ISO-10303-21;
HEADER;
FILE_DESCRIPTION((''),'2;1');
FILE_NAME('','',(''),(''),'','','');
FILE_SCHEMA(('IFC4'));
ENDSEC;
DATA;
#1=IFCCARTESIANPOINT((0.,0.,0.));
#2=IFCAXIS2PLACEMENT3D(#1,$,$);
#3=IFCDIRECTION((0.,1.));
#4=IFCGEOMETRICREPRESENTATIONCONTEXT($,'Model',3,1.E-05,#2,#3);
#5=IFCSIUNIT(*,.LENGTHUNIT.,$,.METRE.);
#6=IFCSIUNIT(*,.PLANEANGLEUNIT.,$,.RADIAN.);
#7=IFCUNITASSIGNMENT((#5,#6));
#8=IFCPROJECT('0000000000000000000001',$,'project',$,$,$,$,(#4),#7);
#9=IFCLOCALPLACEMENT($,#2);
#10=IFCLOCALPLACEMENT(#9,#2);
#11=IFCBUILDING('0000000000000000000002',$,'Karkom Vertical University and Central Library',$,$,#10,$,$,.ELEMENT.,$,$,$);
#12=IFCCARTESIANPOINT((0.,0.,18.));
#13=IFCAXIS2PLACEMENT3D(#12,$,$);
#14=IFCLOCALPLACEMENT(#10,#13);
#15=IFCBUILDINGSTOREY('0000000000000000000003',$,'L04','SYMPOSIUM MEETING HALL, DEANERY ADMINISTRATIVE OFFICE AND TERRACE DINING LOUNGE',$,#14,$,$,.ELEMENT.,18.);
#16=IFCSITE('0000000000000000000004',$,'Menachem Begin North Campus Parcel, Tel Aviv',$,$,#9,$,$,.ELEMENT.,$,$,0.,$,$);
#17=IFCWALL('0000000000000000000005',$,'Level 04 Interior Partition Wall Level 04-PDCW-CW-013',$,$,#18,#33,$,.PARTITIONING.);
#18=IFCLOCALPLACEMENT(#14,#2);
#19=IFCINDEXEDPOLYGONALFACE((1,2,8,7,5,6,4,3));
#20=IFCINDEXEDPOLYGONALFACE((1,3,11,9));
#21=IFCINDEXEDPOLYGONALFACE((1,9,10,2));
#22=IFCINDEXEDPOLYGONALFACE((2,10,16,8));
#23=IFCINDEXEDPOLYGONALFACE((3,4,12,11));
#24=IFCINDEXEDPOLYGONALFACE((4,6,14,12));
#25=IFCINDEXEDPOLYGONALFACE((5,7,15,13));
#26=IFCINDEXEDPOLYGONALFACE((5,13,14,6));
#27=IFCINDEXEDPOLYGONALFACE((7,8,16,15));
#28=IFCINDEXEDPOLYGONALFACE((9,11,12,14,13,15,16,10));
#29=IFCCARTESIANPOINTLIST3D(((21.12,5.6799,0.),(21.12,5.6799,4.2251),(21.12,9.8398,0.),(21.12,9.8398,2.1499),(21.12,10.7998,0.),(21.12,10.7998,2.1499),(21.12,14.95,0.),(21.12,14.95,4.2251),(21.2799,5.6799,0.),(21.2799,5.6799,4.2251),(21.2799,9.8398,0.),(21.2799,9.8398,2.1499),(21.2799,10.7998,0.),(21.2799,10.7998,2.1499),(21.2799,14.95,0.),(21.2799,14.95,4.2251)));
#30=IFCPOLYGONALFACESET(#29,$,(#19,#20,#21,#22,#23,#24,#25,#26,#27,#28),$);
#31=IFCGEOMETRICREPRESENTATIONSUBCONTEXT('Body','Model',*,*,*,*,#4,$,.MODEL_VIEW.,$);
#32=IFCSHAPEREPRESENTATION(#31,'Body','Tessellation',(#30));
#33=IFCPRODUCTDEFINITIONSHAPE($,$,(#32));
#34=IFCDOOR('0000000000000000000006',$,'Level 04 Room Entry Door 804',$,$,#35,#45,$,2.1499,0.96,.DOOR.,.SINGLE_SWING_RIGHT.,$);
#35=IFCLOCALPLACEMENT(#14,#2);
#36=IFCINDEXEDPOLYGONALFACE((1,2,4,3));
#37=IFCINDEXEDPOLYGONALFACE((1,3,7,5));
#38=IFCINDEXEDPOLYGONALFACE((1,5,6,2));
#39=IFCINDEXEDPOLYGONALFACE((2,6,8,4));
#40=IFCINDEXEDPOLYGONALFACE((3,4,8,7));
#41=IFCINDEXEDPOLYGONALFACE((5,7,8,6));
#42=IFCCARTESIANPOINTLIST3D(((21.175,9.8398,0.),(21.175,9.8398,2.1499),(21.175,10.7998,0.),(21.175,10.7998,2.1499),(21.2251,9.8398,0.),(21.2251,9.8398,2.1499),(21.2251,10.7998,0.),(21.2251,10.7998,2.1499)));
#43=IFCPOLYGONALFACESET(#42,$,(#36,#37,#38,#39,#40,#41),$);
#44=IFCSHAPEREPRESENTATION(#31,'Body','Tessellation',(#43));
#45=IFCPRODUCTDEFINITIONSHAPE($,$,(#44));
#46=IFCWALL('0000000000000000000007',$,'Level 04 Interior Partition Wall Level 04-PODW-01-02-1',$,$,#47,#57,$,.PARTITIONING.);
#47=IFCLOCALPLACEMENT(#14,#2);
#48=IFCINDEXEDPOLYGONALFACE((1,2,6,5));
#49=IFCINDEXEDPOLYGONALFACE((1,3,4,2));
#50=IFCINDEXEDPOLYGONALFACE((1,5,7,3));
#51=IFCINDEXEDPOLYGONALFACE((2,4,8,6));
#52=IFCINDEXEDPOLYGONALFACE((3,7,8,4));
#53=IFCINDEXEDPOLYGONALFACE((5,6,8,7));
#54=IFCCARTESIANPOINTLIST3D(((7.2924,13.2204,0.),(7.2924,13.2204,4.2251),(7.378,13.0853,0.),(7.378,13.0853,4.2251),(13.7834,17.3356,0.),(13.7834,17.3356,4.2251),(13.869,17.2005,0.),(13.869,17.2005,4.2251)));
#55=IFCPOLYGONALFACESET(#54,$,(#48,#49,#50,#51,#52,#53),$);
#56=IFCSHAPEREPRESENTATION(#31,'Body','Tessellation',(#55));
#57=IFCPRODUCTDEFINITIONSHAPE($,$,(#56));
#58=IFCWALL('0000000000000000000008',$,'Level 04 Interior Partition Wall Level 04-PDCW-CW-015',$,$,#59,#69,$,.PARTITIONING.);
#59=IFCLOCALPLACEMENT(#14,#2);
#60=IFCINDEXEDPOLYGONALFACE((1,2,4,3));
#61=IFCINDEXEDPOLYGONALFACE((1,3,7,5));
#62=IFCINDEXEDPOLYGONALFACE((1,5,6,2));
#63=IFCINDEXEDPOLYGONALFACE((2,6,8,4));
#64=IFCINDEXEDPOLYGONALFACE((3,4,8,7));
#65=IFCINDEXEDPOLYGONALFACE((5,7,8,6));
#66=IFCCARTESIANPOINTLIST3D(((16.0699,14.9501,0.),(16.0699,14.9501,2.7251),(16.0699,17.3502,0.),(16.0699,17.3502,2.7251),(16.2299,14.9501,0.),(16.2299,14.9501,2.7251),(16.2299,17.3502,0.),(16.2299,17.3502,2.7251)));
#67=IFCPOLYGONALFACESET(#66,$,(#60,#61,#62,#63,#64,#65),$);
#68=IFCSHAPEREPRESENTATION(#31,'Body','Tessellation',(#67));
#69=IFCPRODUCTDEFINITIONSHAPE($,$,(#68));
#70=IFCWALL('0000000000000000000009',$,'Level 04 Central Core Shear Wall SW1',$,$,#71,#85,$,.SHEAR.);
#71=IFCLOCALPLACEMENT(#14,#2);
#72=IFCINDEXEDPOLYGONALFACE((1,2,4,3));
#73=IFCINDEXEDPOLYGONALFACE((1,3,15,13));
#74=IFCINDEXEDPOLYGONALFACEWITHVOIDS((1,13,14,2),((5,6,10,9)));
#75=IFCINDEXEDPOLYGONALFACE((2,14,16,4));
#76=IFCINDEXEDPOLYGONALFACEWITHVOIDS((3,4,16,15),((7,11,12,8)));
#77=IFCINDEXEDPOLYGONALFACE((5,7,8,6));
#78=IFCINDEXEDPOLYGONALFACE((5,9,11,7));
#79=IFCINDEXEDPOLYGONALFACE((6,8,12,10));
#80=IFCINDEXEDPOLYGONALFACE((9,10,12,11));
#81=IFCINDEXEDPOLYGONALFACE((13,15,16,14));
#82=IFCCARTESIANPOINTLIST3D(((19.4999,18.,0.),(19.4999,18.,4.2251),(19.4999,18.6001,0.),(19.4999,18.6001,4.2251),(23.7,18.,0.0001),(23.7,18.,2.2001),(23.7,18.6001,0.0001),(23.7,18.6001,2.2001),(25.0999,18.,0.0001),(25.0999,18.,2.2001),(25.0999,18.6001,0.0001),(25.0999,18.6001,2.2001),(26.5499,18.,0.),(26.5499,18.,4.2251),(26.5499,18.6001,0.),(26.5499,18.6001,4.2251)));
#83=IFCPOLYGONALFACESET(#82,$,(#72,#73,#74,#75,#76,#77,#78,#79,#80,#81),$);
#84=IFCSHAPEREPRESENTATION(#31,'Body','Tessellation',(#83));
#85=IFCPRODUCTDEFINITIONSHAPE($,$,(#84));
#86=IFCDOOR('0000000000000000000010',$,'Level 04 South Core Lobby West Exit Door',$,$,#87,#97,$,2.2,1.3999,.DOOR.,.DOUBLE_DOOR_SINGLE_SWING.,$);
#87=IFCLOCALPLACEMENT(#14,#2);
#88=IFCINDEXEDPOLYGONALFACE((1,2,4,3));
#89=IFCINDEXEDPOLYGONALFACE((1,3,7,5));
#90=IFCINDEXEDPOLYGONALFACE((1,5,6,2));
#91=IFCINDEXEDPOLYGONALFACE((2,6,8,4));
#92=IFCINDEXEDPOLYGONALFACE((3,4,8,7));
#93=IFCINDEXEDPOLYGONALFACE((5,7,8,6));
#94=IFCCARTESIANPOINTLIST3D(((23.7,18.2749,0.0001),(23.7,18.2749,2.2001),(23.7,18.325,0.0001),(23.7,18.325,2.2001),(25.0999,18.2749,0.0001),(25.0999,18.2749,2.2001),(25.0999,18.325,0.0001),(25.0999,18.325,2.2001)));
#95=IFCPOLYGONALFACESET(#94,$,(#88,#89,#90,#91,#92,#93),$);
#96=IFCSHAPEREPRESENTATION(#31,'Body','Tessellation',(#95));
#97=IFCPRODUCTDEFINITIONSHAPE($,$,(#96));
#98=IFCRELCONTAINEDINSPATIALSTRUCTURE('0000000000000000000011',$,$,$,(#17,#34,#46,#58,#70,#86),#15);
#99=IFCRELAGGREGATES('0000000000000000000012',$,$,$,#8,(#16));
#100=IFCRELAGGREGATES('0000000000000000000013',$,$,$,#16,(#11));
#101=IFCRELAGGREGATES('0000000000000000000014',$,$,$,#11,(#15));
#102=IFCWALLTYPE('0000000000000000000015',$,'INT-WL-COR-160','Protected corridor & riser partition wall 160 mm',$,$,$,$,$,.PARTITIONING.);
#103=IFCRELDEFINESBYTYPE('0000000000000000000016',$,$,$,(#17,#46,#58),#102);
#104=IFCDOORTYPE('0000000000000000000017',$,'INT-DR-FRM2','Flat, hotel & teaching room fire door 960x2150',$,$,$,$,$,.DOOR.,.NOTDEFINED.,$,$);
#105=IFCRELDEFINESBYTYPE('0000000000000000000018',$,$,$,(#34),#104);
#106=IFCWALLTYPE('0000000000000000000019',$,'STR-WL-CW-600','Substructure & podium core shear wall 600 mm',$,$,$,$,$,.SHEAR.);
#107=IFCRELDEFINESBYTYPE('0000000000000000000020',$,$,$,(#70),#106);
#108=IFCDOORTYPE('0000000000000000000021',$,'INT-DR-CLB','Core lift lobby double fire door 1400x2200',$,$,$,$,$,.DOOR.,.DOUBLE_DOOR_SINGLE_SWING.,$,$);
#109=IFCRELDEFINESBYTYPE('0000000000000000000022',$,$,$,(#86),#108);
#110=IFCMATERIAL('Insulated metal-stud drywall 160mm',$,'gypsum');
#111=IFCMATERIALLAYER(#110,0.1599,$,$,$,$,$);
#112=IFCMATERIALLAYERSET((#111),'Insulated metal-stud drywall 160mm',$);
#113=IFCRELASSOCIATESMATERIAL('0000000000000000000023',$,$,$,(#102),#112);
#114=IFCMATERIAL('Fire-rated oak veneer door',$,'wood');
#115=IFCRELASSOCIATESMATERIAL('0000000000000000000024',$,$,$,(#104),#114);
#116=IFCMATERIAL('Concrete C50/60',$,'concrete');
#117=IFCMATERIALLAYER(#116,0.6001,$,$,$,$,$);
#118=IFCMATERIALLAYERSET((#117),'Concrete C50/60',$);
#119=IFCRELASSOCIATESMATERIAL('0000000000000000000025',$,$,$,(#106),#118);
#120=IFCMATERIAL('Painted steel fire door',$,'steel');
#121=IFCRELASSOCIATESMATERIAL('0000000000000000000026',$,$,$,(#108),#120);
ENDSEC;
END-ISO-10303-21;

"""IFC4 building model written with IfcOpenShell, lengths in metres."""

from ifc_helpers import new_model, si_unit, direction, frame, frame_2d, origin, origin_with_axes, place, context, subcontext, project, spatial, rectangle, extrude, source, transform, mapped, material, layer, layer_set, type_object, element, fill, save


model = new_model("IFC4")

# Units and contexts
model_context = context("Model", 3, precision=1e-05, world=origin(), true_north=direction((0.0, 1.0)))
body_context = subcontext(model_context, "Body", "Model", "MODEL_VIEW")
ifc_project = project(units=[si_unit("LENGTHUNIT", "METRE"), si_unit("PLANEANGLEUNIT", "RADIAN")], contexts=[model_context])

# Site, building, storey
site_placement = place(None, origin())
site = spatial("IfcSite", under=ifc_project, at=site_placement, Name="Menachem Begin North Campus Parcel, Tel Aviv", CompositionType="ELEMENT", RefElevation=0.0)
building_placement = place(site_placement, origin())
building = spatial("IfcBuilding", under=site, at=building_placement, Name="Karkom Vertical University and Central Library", CompositionType="ELEMENT")
storey_placement = place(building_placement, frame((0.0, 0.0, 18.0)))
storey = spatial("IfcBuildingStorey", under=building, at=storey_placement, Name="L04", Description="SYMPOSIUM MEETING HALL, DEANERY ADMINISTRATIVE OFFICE AND TERRACE DINING LOUNGE", CompositionType="ELEMENT", Elevation=18.0)

# Shared definitions
ifc_material_1 = material(Name="Concrete C50/60", Category="concrete")

# Shared definitions
ifc_material_2 = material(Name="Insulated metal-stud drywall 160mm", Category="gypsum")
ifc_layer_1 = layer(ifc_material_2, 0.1599)
ifc_layer_set_1 = layer_set([ifc_layer_1], Name="Insulated metal-stud drywall 160mm")
wall_type_1 = type_object("IfcWallType", Name="INT-WL-COR-160", Description="Protected corridor & riser partition wall 160 mm", PredefinedType="PARTITIONING", material=ifc_layer_set_1)

# Wall, opening, door
wall_1_placement = place(storey_placement, frame((21.2, 5.6799, 0.0), z_axis=(0.0, 0.0, 1.0), x_axis=(0.0, 1.0, 0.0)))
wall_1 = element("IfcWall", 1, at=wall_1_placement, inside=storey, type_object=wall_type_1, Name="Level 04 Interior Partition Wall Level 04-PDCW-CW-013", PredefinedType="PARTITIONING", context=body_context, shape_type="SweptSolid", body=[
    extrude(rectangle(XDim=9.27, YDim=0.1599, at=frame_2d((4.635, 0.0))), origin(), (0.0, 0.0, 1.0), 4.2251),
])
opening_1_placement = place(wall_1_placement, frame((4.1599, 0.0, 0.0)))
opening_1 = element("IfcOpeningElement", 2, at=opening_1_placement, cuts=wall_1, PredefinedType="OPENING", context=body_context, shape_type="SweptSolid", body=[
    extrude(rectangle(XDim=0.96, YDim=2.1499, at=frame_2d((0.48, 1.075))), frame((0.0, 0.0898, 0.0), z_axis=(0.0, -1.0, 0.0), x_axis=(1.0, 0.0, 0.0)), (0.0, 0.0, 1.0), 0.1799),
])
ifc_material_3 = material(Name="Fire-rated oak veneer door", Category="wood")
door_type_1 = type_object("IfcDoorType", Name="INT-DR-FRM2", Description="Flat, hotel & teaching room fire door 960x2150", OperationType="NOTDEFINED", PredefinedType="DOOR", material=ifc_material_3)
shared_shape_1 = source(origin_with_axes(), body_context, "Body", "SweptSolid", [
    extrude(rectangle(XDim=0.96, YDim=2.1499, at=frame_2d((0.48, 1.075))), frame((0.0, 0.0249, 0.0), z_axis=(0.0, -1.0, 0.0), x_axis=(1.0, 0.0, 0.0)), (0.0, 0.0, 1.0), 0.05),
])
door_1_placement = place(opening_1_placement, origin())
door_1 = element("IfcDoor", 3, at=door_1_placement, inside=storey, type_object=door_type_1, Name="Level 04 Room Entry Door 804", OperationType="SINGLE_SWING_RIGHT", OverallHeight=2.1499, OverallWidth=0.96, PredefinedType="DOOR", context=body_context, shape_type="MappedRepresentation", body=[
    mapped(shared_shape_1, transform((0.0, 0.0, 0.0), scale=1.0)),
])
fill(opening_1, door_1)

# Wall
wall_2_placement = place(storey_placement, frame((13.8262, 17.2681, 0.0), z_axis=(0.0, 0.0, 1.0), x_axis=(-0.844567, -0.53545, 0.0)))
element("IfcWall", 4, at=wall_2_placement, inside=storey, type_object=wall_type_1, Name="Level 04 Interior Partition Wall Level 04-PODW-01-02-1", PredefinedType="PARTITIONING", context=body_context, shape_type="SweptSolid", body=[
    extrude(rectangle(XDim=7.6855, YDim=0.1599, at=frame_2d((3.8428, 0.0))), origin(), (0.0, 0.0, 1.0), 4.2251),
])

# Wall
wall_3_placement = place(storey_placement, frame((16.1499, 14.95, 0.0), z_axis=(0.0, 0.0, 1.0), x_axis=(0.0, 1.0, 0.0)))
element("IfcWall", 5, at=wall_3_placement, inside=storey, type_object=wall_type_1, Name="Level 04 Interior Partition Wall Level 04-PDCW-CW-015", PredefinedType="PARTITIONING", context=body_context, shape_type="SweptSolid", body=[
    extrude(rectangle(XDim=2.4001, YDim=0.1599, at=frame_2d((1.2002, 0.0))), origin(), (0.0, 0.0, 1.0), 2.7251),
])

# Wall, opening, door
ifc_layer_2 = layer(ifc_material_1, 0.6001)
ifc_layer_set_2 = layer_set([ifc_layer_2], Name="Concrete C50/60")
wall_type_2 = type_object("IfcWallType", Name="STR-WL-CW-600", Description="Substructure & podium core shear wall 600 mm", PredefinedType="SHEAR", material=ifc_layer_set_2)
wall_4_placement = place(storey_placement, frame((19.5, 18.3, 0.0), z_axis=(0.0, 0.0, 1.0), x_axis=(1.0, 0.0, 0.0)))
wall_4 = element("IfcWall", 6, at=wall_4_placement, inside=storey, type_object=wall_type_2, Name="Level 04 Central Core Shear Wall SW1", PredefinedType="SHEAR", context=body_context, shape_type="SweptSolid", body=[
    extrude(rectangle(XDim=7.05, YDim=0.6001, at=frame_2d((3.5249, 0.0))), origin(), (0.0, 0.0, 1.0), 4.2251),
])
opening_2_placement = place(wall_4_placement, frame((4.2, 0.0, 0.0)))
opening_2 = element("IfcOpeningElement", 7, at=opening_2_placement, cuts=wall_4, PredefinedType="OPENING", context=body_context, shape_type="SweptSolid", body=[
    extrude(rectangle(XDim=1.3999, YDim=2.2, at=frame_2d((0.7, 1.1001))), frame((0.0, 0.3101, 0.0), z_axis=(0.0, -1.0, 0.0), x_axis=(1.0, 0.0, 0.0)), (0.0, 0.0, 1.0), 0.6201),
])
ifc_material_4 = material(Name="Painted steel fire door", Category="steel")
door_type_2 = type_object("IfcDoorType", Name="INT-DR-CLB", Description="Core lift lobby double fire door 1400x2200", OperationType="DOUBLE_DOOR_SINGLE_SWING", PredefinedType="DOOR", material=ifc_material_4)
shared_shape_2 = source(origin_with_axes(), body_context, "Body", "SweptSolid", [
    extrude(rectangle(XDim=1.3999, YDim=2.2, at=frame_2d((0.7, 1.1001))), frame((0.0, 0.0249, 0.0), z_axis=(0.0, -1.0, 0.0), x_axis=(1.0, 0.0, 0.0)), (0.0, 0.0, 1.0), 0.05),
])
door_2_placement = place(opening_2_placement, origin())
door_2 = element("IfcDoor", 8, at=door_2_placement, inside=storey, type_object=door_type_2, Name="Level 04 South Core Lobby West Exit Door", OperationType="DOUBLE_DOOR_SINGLE_SWING", OverallHeight=2.2, OverallWidth=1.3999, PredefinedType="DOOR", context=body_context, shape_type="MappedRepresentation", body=[
    mapped(shared_shape_2, transform((0.0, 0.0, 0.0), scale=1.0)),
])
fill(opening_2, door_2)

save(model, "model.ifc")
